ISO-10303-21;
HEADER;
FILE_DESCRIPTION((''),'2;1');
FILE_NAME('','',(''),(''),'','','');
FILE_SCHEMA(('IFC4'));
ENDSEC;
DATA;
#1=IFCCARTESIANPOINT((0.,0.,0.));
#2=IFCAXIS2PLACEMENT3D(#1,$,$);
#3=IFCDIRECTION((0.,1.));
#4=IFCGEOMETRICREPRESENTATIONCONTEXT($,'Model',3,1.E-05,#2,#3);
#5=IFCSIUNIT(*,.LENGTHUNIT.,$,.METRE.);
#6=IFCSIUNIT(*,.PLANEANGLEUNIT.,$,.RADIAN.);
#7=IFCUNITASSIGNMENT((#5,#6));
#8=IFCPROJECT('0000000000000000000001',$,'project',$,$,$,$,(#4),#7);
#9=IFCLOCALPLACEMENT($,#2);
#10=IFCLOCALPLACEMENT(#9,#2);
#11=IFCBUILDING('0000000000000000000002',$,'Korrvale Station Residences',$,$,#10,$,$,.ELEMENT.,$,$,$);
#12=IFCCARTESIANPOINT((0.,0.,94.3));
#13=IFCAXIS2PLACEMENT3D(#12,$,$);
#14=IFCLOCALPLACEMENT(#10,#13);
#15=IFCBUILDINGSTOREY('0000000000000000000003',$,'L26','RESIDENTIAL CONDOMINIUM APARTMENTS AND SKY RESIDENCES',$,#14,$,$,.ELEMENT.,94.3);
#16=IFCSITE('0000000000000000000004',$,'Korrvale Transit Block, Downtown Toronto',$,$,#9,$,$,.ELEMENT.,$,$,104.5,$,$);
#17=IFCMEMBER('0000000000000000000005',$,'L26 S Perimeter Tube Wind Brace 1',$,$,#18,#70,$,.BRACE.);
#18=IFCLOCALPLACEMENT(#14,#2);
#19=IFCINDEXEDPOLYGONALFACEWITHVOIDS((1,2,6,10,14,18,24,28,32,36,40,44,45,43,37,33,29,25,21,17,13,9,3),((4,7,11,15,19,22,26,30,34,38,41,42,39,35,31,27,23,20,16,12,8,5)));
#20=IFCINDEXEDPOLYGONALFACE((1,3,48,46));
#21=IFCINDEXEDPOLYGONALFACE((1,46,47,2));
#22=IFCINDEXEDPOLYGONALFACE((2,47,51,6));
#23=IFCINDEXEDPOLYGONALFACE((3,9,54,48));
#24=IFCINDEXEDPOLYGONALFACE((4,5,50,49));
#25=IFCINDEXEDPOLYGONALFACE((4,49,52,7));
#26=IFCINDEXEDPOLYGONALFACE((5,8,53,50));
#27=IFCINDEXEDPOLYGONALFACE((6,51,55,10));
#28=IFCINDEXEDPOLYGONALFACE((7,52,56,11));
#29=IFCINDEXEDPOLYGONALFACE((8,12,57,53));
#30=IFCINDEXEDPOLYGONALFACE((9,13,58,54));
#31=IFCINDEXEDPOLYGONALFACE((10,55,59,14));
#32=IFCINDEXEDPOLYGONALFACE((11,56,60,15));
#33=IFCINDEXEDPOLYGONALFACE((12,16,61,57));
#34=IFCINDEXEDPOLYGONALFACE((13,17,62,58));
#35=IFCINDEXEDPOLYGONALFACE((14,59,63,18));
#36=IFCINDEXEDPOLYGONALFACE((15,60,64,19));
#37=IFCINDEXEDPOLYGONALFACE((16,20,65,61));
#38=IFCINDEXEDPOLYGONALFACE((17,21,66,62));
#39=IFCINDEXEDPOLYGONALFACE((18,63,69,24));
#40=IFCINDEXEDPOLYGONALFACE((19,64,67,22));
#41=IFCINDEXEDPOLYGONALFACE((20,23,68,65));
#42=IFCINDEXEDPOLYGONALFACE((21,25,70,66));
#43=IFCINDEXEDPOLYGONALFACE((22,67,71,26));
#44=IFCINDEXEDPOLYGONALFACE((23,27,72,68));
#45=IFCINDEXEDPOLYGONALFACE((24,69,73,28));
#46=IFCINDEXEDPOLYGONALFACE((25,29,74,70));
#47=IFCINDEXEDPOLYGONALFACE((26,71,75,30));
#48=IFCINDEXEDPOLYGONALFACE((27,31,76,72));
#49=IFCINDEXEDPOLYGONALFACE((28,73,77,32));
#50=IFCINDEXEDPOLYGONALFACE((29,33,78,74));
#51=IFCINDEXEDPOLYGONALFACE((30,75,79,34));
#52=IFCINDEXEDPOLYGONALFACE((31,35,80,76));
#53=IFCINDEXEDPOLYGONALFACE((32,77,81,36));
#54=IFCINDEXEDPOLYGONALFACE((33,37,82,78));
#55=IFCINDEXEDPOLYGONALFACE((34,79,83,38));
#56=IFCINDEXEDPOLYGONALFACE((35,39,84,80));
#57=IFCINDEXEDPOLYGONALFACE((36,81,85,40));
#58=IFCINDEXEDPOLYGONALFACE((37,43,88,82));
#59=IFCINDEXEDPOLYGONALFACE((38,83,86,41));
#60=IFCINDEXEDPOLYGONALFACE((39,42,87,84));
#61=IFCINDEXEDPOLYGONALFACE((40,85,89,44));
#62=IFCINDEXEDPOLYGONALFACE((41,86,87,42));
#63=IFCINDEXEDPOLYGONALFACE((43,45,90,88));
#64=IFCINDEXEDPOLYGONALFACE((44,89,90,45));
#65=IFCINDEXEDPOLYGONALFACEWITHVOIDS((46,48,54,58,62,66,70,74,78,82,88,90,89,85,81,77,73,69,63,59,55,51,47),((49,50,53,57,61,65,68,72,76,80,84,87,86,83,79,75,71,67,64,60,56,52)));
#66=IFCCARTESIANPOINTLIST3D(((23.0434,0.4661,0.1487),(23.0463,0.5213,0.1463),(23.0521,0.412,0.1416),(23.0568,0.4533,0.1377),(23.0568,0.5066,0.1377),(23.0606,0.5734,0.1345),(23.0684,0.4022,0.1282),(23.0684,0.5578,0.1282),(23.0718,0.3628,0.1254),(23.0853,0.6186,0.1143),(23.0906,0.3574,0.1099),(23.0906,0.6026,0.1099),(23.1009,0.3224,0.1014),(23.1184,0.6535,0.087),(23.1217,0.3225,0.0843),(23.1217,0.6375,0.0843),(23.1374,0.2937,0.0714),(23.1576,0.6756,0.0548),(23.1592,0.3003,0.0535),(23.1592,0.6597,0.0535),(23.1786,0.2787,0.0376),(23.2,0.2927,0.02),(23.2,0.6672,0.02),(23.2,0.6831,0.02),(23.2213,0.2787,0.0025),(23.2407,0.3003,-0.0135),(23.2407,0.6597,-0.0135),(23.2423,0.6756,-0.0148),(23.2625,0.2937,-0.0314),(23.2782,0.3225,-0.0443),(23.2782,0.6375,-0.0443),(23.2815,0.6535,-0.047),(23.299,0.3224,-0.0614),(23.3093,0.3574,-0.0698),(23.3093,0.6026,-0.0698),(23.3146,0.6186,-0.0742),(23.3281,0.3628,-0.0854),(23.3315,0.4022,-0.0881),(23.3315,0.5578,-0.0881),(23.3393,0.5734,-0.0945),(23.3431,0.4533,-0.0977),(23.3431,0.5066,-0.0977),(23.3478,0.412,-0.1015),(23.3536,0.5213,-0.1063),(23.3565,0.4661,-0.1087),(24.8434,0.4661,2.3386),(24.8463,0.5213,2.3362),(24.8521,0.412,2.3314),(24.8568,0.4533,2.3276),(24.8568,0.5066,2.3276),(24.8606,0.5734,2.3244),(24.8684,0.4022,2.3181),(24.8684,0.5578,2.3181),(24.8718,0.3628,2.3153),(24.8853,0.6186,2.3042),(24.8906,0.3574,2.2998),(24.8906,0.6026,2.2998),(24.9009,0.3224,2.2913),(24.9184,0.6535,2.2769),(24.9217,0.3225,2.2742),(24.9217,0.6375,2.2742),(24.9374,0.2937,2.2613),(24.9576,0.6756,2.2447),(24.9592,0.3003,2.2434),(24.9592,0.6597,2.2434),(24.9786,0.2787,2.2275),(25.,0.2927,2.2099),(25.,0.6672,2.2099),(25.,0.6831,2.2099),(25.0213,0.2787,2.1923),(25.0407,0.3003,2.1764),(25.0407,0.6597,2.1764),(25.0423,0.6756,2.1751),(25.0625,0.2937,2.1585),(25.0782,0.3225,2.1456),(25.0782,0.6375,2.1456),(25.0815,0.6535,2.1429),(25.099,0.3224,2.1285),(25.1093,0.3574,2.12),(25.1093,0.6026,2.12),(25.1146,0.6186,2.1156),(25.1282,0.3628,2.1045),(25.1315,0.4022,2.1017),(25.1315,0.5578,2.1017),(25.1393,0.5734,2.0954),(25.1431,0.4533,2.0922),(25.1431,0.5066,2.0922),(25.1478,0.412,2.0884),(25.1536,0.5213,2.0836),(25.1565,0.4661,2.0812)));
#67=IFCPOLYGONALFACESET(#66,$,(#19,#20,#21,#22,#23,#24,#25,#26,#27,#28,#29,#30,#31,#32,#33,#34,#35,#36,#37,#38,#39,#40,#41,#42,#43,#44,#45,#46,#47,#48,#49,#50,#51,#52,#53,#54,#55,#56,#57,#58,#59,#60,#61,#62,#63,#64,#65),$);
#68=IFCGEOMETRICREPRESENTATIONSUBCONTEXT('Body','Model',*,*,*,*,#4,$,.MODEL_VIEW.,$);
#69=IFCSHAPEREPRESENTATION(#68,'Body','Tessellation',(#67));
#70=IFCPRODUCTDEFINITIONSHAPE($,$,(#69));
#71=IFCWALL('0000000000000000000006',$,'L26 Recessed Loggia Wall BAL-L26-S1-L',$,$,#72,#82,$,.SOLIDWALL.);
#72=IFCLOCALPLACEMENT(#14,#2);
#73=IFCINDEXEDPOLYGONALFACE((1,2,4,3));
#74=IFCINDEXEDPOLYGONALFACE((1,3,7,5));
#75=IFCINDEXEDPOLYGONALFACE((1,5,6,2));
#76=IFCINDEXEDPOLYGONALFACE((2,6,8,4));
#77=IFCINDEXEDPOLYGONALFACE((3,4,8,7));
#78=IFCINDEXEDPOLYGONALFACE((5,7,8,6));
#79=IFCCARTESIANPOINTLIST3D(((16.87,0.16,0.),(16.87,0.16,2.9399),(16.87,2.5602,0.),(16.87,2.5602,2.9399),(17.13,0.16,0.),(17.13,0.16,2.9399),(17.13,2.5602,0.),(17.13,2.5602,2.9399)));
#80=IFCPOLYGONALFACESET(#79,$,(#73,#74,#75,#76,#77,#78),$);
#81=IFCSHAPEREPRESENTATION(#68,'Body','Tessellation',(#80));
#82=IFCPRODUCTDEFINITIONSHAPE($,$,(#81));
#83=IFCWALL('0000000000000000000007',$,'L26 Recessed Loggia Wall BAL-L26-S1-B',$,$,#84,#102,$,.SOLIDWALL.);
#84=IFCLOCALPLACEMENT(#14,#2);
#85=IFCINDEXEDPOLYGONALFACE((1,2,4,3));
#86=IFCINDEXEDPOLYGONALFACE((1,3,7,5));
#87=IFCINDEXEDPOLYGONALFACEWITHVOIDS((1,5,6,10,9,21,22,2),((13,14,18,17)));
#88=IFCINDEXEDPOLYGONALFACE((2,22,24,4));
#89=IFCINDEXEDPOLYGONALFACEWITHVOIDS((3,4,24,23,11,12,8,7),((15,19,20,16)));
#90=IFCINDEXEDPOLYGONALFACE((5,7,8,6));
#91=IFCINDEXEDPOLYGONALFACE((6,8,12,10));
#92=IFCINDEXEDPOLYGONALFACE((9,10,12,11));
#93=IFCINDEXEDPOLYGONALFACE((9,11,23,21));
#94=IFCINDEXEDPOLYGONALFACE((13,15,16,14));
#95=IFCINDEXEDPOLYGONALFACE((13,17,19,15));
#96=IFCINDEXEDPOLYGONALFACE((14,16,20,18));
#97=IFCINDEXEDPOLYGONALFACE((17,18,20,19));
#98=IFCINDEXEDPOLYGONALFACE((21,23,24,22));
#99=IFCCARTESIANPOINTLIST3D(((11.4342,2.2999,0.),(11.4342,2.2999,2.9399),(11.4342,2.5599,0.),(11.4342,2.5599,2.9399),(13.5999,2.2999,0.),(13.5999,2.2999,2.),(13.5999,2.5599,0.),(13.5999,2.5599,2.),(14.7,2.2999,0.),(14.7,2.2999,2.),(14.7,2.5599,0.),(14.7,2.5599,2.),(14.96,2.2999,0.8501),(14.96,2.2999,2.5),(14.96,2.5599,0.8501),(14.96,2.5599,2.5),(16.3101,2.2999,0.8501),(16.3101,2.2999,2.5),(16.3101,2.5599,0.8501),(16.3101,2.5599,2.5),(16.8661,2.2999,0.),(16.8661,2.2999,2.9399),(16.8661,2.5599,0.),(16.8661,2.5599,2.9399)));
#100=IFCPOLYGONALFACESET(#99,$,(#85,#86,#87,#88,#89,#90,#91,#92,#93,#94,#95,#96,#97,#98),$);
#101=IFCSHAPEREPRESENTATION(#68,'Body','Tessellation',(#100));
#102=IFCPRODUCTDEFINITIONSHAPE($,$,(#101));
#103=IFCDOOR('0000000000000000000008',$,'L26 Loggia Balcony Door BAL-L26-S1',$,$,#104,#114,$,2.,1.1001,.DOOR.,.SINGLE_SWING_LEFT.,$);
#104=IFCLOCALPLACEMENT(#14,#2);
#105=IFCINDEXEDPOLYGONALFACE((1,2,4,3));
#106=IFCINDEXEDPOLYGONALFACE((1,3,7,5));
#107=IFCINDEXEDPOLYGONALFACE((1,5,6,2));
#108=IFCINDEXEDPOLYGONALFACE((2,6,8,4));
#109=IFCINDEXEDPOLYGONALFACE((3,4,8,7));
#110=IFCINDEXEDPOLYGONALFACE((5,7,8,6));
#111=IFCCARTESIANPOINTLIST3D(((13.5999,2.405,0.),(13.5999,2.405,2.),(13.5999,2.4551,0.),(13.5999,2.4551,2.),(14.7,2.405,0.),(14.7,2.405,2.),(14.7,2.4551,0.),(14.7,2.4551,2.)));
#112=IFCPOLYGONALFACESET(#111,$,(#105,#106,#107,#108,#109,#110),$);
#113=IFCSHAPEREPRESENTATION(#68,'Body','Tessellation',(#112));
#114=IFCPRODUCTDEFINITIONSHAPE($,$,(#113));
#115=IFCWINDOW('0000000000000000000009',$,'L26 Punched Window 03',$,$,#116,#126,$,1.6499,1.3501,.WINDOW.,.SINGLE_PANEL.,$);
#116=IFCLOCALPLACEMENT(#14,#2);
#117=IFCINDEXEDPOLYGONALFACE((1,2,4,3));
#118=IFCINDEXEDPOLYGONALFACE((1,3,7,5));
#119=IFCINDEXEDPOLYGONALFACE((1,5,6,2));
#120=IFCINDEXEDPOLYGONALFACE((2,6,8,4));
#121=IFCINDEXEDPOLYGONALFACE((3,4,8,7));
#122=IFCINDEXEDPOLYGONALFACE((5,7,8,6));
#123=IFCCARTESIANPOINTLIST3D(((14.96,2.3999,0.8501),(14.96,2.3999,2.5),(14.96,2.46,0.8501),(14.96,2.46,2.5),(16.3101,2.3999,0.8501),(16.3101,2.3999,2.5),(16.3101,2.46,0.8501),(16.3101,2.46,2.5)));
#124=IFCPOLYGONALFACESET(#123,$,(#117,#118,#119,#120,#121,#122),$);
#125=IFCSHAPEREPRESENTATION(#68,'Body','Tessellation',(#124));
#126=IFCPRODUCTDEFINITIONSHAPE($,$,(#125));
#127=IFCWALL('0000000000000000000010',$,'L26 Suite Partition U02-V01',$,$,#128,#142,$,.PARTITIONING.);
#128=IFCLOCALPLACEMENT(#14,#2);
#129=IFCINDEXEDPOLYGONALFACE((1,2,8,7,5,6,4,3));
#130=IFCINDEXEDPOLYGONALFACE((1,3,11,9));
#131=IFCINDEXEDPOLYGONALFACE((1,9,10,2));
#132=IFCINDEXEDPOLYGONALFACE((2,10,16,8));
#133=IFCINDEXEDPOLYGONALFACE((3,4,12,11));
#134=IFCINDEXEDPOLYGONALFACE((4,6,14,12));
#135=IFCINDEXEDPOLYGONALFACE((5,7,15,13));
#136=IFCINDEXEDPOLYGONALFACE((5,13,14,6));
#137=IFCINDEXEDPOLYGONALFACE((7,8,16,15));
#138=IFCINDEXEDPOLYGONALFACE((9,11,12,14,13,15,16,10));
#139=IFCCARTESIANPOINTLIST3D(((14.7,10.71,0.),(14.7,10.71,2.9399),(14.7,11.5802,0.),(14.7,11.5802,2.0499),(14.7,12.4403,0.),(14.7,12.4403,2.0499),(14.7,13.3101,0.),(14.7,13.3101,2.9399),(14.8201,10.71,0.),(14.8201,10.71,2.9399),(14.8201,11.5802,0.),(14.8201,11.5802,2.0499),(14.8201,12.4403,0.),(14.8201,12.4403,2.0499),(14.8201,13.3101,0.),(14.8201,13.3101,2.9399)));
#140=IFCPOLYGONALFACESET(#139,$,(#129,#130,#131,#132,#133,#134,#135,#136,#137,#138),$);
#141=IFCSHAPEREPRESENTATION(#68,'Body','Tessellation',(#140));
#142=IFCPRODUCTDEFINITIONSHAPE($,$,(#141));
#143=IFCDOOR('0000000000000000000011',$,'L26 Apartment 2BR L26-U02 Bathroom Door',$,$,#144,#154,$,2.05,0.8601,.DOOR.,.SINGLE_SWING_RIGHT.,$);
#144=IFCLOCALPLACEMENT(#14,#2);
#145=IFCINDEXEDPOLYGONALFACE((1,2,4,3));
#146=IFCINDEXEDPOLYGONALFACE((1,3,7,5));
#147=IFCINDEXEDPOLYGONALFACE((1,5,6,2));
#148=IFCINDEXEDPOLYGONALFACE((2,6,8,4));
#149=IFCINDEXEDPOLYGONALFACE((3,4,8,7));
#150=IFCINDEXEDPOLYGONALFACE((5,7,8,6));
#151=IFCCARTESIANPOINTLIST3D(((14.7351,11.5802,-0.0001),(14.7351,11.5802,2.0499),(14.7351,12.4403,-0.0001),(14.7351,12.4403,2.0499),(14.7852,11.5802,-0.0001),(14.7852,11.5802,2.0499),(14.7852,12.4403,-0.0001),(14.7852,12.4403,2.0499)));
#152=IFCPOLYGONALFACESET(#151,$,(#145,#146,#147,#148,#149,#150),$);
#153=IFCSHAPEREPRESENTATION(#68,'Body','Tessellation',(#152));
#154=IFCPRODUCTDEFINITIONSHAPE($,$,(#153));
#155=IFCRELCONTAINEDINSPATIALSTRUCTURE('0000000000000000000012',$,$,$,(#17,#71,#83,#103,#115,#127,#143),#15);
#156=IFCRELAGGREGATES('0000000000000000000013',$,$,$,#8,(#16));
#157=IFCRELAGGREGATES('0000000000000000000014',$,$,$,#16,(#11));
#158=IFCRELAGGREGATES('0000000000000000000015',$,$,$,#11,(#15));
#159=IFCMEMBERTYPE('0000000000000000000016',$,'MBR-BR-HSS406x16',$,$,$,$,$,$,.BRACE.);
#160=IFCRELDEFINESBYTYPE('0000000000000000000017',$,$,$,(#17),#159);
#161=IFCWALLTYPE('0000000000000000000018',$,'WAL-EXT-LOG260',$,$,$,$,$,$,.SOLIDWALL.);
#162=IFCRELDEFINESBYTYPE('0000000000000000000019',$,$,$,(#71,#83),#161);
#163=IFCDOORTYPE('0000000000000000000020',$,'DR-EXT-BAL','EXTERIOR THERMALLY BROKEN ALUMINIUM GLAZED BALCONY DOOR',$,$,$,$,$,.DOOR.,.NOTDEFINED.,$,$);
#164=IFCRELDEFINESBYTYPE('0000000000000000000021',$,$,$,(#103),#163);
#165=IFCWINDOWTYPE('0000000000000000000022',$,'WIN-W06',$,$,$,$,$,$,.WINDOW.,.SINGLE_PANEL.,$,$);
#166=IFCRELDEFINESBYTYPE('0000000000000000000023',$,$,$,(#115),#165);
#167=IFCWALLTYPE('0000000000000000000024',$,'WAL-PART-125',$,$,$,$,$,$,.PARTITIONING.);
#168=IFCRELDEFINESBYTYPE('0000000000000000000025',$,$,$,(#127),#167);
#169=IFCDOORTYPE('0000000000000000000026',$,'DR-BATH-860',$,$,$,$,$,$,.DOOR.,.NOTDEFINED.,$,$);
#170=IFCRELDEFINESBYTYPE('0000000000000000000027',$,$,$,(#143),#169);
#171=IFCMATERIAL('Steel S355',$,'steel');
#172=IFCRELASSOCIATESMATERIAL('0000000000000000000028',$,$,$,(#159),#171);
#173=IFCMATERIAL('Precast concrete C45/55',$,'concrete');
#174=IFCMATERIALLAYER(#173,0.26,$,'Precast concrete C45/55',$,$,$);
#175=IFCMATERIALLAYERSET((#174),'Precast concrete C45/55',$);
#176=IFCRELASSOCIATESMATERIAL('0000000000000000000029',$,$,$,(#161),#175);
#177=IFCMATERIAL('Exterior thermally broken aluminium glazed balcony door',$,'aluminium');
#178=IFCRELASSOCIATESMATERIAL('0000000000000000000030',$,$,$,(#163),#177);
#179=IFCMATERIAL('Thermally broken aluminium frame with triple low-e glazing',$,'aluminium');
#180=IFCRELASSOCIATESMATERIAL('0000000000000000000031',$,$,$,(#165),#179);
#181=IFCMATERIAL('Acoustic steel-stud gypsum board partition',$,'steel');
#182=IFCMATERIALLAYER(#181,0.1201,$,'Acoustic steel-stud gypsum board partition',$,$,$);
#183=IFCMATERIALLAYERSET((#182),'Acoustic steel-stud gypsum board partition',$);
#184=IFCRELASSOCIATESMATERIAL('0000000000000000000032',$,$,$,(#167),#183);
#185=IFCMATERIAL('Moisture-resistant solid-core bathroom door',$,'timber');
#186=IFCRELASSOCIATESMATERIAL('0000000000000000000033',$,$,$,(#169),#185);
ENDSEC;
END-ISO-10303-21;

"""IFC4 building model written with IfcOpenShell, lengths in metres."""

from ifc_helpers import new_model, si_unit, direction, frame, frame_2d, origin, origin_2d, place, context, subcontext, project, spatial, rectangle, hollow_circle, extrude, material, layer, layer_set, material_profile, profile_set, type_object, element, fill, save


model = new_model("IFC4")

# Units and contexts
model_context = context("Model", 3, precision=1e-05, world=origin(), true_north=direction((0.0, 1.0)))
body_context = subcontext(model_context, "Body", "Model", "MODEL_VIEW")
ifc_project = project(units=[si_unit("LENGTHUNIT", "METRE"), si_unit("PLANEANGLEUNIT", "RADIAN")], contexts=[model_context])

# Site, building, storey
site_placement = place(None, origin())
site = spatial("IfcSite", under=ifc_project, at=site_placement, Name="Korrvale Transit Block, Downtown Toronto", CompositionType="ELEMENT", RefElevation=104.5)
building_placement = place(site_placement, origin())
building = spatial("IfcBuilding", under=site, at=building_placement, Name="Korrvale Station Residences", CompositionType="ELEMENT")
storey_placement = place(building_placement, frame((0.0, 0.0, 94.3)))
storey = spatial("IfcBuildingStorey", under=building, at=storey_placement, Name="L26", Description="RESIDENTIAL CONDOMINIUM APARTMENTS AND SKY RESIDENCES", CompositionType="ELEMENT", Elevation=94.3)

# Shared definitions
ifc_material_1 = material(Name="Steel S355", Category="steel")

# Member
ifc_material_profile_1 = material_profile(ifc_material_1, hollow_circle(Radius=0.2031, WallThickness=0.0159, at=origin_2d()), Name="HSS406x16")
ifc_profile_set_1 = profile_set([ifc_material_profile_1], Name="Steel S355")
member_type = type_object("IfcMemberType", Name="MBR-BR-HSS406x16", PredefinedType="BRACE", material=ifc_profile_set_1)
member_placement = place(storey_placement, frame((23.2, 0.48, 0.02), z_axis=(0.634985, 0.0, 0.772524), x_axis=(0.0, 1.0, 0.0)))
element("IfcMember", 1, at=member_placement, inside=storey, type_object=member_type, Name="L26 S Perimeter Tube Wind Brace 1", PredefinedType="BRACE", context=body_context, shape_type="SweptSolid", body=[
    extrude(hollow_circle(Radius=0.2031, WallThickness=0.0159, at=origin_2d()), origin(), (0.0, 0.0, 1.0), 2.8347),
])

# Wall
ifc_material_2 = material(Name="Precast concrete C45/55", Category="concrete")
ifc_layer_1 = layer(ifc_material_2, 0.26, Name="Precast concrete C45/55")
ifc_layer_set_1 = layer_set([ifc_layer_1], Name="Precast concrete C45/55")
wall_type_1 = type_object("IfcWallType", Name="WAL-EXT-LOG260", PredefinedType="SOLIDWALL", material=ifc_layer_set_1)
wall_1_placement = place(storey_placement, frame((17.0, 0.1599, 0.0), z_axis=(0.0, 0.0, 1.0), x_axis=(0.0, 1.0, 0.0)))
element("IfcWall", 2, at=wall_1_placement, inside=storey, type_object=wall_type_1, Name="L26 Recessed Loggia Wall BAL-L26-S1-L", PredefinedType="SOLIDWALL", context=body_context, shape_type="SweptSolid", body=[
    extrude(rectangle(XDim=2.4001, YDim=0.26, at=frame_2d((1.2002, 0.0))), origin(), (0.0, 0.0, 1.0), 2.9399),
])

# Wall, openings, door, window
wall_2_placement = place(storey_placement, frame((16.866, 2.4299, 0.0), z_axis=(0.0, 0.0, 1.0), x_axis=(-1.0, 0.0, 0.0)))
wall_2 = element("IfcWall", 3, at=wall_2_placement, inside=storey, type_object=wall_type_1, Name="L26 Recessed Loggia Wall BAL-L26-S1-B", PredefinedType="SOLIDWALL", context=body_context, shape_type="SweptSolid", body=[
    extrude(rectangle(XDim=5.4319, YDim=0.26, at=frame_2d((2.7158, 0.0))), origin(), (0.0, 0.0, 1.0), 2.9399),
])
opening_1_placement = place(wall_2_placement, frame((2.166, 0.0, 0.0)))
opening_1 = element("IfcOpeningElement", 4, at=opening_1_placement, cuts=wall_2, PredefinedType="OPENING", context=body_context, shape_type="SweptSolid", body=[
    extrude(rectangle(XDim=1.1001, YDim=2.0, at=frame_2d((0.55, 1.0))), frame((0.0, 0.1401, 0.0), z_axis=(0.0, -1.0, 0.0), x_axis=(1.0, 0.0, 0.0)), (0.0, 0.0, 1.0), 0.28),
])
opening_2_placement = place(wall_2_placement, frame((0.5559, 0.0, 0.8501)))
opening_2 = element("IfcOpeningElement", 5, at=opening_2_placement, cuts=wall_2, PredefinedType="OPENING", context=body_context, shape_type="SweptSolid", body=[
    extrude(rectangle(XDim=1.3501, YDim=1.6499, at=frame_2d((0.675, 0.825))), frame((0.0, 0.1401, 0.0), z_axis=(0.0, -1.0, 0.0), x_axis=(1.0, 0.0, 0.0)), (0.0, 0.0, 1.0), 0.28),
])
ifc_material_3 = material(Name="Exterior thermally broken aluminium glazed balcony door", Category="aluminium")
door_type_1 = type_object("IfcDoorType", Name="DR-EXT-BAL", Description="EXTERIOR THERMALLY BROKEN ALUMINIUM GLAZED BALCONY DOOR", OperationType="NOTDEFINED", PredefinedType="DOOR", material=ifc_material_3)
door_1_placement = place(opening_1_placement, origin())
door_1 = element("IfcDoor", 6, at=door_1_placement, inside=storey, type_object=door_type_1, Name="L26 Loggia Balcony Door BAL-L26-S1", OperationType="SINGLE_SWING_LEFT", OverallHeight=2.0, OverallWidth=1.1001, PredefinedType="DOOR", context=body_context, shape_type="SweptSolid", body=[
    extrude(rectangle(XDim=1.1001, YDim=2.0, at=frame_2d((0.55, 1.0))), frame((0.0, 0.0249, 0.0), z_axis=(0.0, -1.0, 0.0), x_axis=(1.0, 0.0, 0.0)), (0.0, 0.0, 1.0), 0.05),
])
fill(opening_1, door_1)
ifc_material_4 = material(Name="Thermally broken aluminium frame with triple low-e glazing", Category="aluminium")
window_type = type_object("IfcWindowType", Name="WIN-W06", PartitioningType="SINGLE_PANEL", PredefinedType="WINDOW", material=ifc_material_4)
window_placement = place(opening_2_placement, origin())
window = element("IfcWindow", 7, at=window_placement, inside=storey, type_object=window_type, Name="L26 Punched Window 03", OverallHeight=1.6499, OverallWidth=1.3501, PartitioningType="SINGLE_PANEL", PredefinedType="WINDOW", context=body_context, shape_type="SweptSolid", body=[
    extrude(rectangle(XDim=1.3501, YDim=1.6499, at=frame_2d((0.675, 0.825))), frame((0.0, 0.03, 0.0), z_axis=(0.0, -1.0, 0.0), x_axis=(1.0, 0.0, 0.0)), (0.0, 0.0, 1.0), 0.0601),
])
fill(opening_2, window)

# Wall, opening, door
ifc_material_5 = material(Name="Acoustic steel-stud gypsum board partition", Category="steel")
ifc_layer_2 = layer(ifc_material_5, 0.1201, Name="Acoustic steel-stud gypsum board partition")
ifc_layer_set_2 = layer_set([ifc_layer_2], Name="Acoustic steel-stud gypsum board partition")
wall_type_2 = type_object("IfcWallType", Name="WAL-PART-125", PredefinedType="PARTITIONING", material=ifc_layer_set_2)
wall_3_placement = place(storey_placement, frame((14.76, 10.71, 0.0), z_axis=(0.0, 0.0, 1.0), x_axis=(0.0, 1.0, 0.0)))
wall_3 = element("IfcWall", 8, at=wall_3_placement, inside=storey, type_object=wall_type_2, Name="L26 Suite Partition U02-V01", PredefinedType="PARTITIONING", context=body_context, shape_type="SweptSolid", body=[
    extrude(rectangle(XDim=2.6001, YDim=0.1201, at=frame_2d((1.3, 0.0))), origin(), (0.0, 0.0, 1.0), 2.9399),
])
opening_3_placement = place(wall_3_placement, frame((0.8701, 0.0, 0.0)))
opening_3 = element("IfcOpeningElement", 9, at=opening_3_placement, cuts=wall_3, PredefinedType="OPENING", context=body_context, shape_type="SweptSolid", body=[
    extrude(rectangle(XDim=0.8601, YDim=2.05, at=frame_2d((0.4302, 1.0249))), frame((0.0, 0.0701, 0.0), z_axis=(0.0, -1.0, 0.0), x_axis=(1.0, 0.0, 0.0)), (0.0, 0.0, 1.0), 0.1401),
])
ifc_material_6 = material(Name="Moisture-resistant solid-core bathroom door", Category="timber")
door_type_2 = type_object("IfcDoorType", Name="DR-BATH-860", OperationType="NOTDEFINED", PredefinedType="DOOR", material=ifc_material_6)
door_2_placement = place(opening_3_placement, origin())
door_2 = element("IfcDoor", 10, at=door_2_placement, inside=storey, type_object=door_type_2, Name="L26 Apartment 2BR L26-U02 Bathroom Door", OperationType="SINGLE_SWING_RIGHT", OverallHeight=2.05, OverallWidth=0.8601, PredefinedType="DOOR", context=body_context, shape_type="SweptSolid", body=[
    extrude(rectangle(XDim=0.8601, YDim=2.05, at=frame_2d((0.4302, 1.0249))), frame((0.0, 0.0249, 0.0), z_axis=(0.0, -1.0, 0.0), x_axis=(1.0, 0.0, 0.0)), (0.0, 0.0, 1.0), 0.05),
])
fill(opening_3, door_2)

save(model, "model.ifc")
